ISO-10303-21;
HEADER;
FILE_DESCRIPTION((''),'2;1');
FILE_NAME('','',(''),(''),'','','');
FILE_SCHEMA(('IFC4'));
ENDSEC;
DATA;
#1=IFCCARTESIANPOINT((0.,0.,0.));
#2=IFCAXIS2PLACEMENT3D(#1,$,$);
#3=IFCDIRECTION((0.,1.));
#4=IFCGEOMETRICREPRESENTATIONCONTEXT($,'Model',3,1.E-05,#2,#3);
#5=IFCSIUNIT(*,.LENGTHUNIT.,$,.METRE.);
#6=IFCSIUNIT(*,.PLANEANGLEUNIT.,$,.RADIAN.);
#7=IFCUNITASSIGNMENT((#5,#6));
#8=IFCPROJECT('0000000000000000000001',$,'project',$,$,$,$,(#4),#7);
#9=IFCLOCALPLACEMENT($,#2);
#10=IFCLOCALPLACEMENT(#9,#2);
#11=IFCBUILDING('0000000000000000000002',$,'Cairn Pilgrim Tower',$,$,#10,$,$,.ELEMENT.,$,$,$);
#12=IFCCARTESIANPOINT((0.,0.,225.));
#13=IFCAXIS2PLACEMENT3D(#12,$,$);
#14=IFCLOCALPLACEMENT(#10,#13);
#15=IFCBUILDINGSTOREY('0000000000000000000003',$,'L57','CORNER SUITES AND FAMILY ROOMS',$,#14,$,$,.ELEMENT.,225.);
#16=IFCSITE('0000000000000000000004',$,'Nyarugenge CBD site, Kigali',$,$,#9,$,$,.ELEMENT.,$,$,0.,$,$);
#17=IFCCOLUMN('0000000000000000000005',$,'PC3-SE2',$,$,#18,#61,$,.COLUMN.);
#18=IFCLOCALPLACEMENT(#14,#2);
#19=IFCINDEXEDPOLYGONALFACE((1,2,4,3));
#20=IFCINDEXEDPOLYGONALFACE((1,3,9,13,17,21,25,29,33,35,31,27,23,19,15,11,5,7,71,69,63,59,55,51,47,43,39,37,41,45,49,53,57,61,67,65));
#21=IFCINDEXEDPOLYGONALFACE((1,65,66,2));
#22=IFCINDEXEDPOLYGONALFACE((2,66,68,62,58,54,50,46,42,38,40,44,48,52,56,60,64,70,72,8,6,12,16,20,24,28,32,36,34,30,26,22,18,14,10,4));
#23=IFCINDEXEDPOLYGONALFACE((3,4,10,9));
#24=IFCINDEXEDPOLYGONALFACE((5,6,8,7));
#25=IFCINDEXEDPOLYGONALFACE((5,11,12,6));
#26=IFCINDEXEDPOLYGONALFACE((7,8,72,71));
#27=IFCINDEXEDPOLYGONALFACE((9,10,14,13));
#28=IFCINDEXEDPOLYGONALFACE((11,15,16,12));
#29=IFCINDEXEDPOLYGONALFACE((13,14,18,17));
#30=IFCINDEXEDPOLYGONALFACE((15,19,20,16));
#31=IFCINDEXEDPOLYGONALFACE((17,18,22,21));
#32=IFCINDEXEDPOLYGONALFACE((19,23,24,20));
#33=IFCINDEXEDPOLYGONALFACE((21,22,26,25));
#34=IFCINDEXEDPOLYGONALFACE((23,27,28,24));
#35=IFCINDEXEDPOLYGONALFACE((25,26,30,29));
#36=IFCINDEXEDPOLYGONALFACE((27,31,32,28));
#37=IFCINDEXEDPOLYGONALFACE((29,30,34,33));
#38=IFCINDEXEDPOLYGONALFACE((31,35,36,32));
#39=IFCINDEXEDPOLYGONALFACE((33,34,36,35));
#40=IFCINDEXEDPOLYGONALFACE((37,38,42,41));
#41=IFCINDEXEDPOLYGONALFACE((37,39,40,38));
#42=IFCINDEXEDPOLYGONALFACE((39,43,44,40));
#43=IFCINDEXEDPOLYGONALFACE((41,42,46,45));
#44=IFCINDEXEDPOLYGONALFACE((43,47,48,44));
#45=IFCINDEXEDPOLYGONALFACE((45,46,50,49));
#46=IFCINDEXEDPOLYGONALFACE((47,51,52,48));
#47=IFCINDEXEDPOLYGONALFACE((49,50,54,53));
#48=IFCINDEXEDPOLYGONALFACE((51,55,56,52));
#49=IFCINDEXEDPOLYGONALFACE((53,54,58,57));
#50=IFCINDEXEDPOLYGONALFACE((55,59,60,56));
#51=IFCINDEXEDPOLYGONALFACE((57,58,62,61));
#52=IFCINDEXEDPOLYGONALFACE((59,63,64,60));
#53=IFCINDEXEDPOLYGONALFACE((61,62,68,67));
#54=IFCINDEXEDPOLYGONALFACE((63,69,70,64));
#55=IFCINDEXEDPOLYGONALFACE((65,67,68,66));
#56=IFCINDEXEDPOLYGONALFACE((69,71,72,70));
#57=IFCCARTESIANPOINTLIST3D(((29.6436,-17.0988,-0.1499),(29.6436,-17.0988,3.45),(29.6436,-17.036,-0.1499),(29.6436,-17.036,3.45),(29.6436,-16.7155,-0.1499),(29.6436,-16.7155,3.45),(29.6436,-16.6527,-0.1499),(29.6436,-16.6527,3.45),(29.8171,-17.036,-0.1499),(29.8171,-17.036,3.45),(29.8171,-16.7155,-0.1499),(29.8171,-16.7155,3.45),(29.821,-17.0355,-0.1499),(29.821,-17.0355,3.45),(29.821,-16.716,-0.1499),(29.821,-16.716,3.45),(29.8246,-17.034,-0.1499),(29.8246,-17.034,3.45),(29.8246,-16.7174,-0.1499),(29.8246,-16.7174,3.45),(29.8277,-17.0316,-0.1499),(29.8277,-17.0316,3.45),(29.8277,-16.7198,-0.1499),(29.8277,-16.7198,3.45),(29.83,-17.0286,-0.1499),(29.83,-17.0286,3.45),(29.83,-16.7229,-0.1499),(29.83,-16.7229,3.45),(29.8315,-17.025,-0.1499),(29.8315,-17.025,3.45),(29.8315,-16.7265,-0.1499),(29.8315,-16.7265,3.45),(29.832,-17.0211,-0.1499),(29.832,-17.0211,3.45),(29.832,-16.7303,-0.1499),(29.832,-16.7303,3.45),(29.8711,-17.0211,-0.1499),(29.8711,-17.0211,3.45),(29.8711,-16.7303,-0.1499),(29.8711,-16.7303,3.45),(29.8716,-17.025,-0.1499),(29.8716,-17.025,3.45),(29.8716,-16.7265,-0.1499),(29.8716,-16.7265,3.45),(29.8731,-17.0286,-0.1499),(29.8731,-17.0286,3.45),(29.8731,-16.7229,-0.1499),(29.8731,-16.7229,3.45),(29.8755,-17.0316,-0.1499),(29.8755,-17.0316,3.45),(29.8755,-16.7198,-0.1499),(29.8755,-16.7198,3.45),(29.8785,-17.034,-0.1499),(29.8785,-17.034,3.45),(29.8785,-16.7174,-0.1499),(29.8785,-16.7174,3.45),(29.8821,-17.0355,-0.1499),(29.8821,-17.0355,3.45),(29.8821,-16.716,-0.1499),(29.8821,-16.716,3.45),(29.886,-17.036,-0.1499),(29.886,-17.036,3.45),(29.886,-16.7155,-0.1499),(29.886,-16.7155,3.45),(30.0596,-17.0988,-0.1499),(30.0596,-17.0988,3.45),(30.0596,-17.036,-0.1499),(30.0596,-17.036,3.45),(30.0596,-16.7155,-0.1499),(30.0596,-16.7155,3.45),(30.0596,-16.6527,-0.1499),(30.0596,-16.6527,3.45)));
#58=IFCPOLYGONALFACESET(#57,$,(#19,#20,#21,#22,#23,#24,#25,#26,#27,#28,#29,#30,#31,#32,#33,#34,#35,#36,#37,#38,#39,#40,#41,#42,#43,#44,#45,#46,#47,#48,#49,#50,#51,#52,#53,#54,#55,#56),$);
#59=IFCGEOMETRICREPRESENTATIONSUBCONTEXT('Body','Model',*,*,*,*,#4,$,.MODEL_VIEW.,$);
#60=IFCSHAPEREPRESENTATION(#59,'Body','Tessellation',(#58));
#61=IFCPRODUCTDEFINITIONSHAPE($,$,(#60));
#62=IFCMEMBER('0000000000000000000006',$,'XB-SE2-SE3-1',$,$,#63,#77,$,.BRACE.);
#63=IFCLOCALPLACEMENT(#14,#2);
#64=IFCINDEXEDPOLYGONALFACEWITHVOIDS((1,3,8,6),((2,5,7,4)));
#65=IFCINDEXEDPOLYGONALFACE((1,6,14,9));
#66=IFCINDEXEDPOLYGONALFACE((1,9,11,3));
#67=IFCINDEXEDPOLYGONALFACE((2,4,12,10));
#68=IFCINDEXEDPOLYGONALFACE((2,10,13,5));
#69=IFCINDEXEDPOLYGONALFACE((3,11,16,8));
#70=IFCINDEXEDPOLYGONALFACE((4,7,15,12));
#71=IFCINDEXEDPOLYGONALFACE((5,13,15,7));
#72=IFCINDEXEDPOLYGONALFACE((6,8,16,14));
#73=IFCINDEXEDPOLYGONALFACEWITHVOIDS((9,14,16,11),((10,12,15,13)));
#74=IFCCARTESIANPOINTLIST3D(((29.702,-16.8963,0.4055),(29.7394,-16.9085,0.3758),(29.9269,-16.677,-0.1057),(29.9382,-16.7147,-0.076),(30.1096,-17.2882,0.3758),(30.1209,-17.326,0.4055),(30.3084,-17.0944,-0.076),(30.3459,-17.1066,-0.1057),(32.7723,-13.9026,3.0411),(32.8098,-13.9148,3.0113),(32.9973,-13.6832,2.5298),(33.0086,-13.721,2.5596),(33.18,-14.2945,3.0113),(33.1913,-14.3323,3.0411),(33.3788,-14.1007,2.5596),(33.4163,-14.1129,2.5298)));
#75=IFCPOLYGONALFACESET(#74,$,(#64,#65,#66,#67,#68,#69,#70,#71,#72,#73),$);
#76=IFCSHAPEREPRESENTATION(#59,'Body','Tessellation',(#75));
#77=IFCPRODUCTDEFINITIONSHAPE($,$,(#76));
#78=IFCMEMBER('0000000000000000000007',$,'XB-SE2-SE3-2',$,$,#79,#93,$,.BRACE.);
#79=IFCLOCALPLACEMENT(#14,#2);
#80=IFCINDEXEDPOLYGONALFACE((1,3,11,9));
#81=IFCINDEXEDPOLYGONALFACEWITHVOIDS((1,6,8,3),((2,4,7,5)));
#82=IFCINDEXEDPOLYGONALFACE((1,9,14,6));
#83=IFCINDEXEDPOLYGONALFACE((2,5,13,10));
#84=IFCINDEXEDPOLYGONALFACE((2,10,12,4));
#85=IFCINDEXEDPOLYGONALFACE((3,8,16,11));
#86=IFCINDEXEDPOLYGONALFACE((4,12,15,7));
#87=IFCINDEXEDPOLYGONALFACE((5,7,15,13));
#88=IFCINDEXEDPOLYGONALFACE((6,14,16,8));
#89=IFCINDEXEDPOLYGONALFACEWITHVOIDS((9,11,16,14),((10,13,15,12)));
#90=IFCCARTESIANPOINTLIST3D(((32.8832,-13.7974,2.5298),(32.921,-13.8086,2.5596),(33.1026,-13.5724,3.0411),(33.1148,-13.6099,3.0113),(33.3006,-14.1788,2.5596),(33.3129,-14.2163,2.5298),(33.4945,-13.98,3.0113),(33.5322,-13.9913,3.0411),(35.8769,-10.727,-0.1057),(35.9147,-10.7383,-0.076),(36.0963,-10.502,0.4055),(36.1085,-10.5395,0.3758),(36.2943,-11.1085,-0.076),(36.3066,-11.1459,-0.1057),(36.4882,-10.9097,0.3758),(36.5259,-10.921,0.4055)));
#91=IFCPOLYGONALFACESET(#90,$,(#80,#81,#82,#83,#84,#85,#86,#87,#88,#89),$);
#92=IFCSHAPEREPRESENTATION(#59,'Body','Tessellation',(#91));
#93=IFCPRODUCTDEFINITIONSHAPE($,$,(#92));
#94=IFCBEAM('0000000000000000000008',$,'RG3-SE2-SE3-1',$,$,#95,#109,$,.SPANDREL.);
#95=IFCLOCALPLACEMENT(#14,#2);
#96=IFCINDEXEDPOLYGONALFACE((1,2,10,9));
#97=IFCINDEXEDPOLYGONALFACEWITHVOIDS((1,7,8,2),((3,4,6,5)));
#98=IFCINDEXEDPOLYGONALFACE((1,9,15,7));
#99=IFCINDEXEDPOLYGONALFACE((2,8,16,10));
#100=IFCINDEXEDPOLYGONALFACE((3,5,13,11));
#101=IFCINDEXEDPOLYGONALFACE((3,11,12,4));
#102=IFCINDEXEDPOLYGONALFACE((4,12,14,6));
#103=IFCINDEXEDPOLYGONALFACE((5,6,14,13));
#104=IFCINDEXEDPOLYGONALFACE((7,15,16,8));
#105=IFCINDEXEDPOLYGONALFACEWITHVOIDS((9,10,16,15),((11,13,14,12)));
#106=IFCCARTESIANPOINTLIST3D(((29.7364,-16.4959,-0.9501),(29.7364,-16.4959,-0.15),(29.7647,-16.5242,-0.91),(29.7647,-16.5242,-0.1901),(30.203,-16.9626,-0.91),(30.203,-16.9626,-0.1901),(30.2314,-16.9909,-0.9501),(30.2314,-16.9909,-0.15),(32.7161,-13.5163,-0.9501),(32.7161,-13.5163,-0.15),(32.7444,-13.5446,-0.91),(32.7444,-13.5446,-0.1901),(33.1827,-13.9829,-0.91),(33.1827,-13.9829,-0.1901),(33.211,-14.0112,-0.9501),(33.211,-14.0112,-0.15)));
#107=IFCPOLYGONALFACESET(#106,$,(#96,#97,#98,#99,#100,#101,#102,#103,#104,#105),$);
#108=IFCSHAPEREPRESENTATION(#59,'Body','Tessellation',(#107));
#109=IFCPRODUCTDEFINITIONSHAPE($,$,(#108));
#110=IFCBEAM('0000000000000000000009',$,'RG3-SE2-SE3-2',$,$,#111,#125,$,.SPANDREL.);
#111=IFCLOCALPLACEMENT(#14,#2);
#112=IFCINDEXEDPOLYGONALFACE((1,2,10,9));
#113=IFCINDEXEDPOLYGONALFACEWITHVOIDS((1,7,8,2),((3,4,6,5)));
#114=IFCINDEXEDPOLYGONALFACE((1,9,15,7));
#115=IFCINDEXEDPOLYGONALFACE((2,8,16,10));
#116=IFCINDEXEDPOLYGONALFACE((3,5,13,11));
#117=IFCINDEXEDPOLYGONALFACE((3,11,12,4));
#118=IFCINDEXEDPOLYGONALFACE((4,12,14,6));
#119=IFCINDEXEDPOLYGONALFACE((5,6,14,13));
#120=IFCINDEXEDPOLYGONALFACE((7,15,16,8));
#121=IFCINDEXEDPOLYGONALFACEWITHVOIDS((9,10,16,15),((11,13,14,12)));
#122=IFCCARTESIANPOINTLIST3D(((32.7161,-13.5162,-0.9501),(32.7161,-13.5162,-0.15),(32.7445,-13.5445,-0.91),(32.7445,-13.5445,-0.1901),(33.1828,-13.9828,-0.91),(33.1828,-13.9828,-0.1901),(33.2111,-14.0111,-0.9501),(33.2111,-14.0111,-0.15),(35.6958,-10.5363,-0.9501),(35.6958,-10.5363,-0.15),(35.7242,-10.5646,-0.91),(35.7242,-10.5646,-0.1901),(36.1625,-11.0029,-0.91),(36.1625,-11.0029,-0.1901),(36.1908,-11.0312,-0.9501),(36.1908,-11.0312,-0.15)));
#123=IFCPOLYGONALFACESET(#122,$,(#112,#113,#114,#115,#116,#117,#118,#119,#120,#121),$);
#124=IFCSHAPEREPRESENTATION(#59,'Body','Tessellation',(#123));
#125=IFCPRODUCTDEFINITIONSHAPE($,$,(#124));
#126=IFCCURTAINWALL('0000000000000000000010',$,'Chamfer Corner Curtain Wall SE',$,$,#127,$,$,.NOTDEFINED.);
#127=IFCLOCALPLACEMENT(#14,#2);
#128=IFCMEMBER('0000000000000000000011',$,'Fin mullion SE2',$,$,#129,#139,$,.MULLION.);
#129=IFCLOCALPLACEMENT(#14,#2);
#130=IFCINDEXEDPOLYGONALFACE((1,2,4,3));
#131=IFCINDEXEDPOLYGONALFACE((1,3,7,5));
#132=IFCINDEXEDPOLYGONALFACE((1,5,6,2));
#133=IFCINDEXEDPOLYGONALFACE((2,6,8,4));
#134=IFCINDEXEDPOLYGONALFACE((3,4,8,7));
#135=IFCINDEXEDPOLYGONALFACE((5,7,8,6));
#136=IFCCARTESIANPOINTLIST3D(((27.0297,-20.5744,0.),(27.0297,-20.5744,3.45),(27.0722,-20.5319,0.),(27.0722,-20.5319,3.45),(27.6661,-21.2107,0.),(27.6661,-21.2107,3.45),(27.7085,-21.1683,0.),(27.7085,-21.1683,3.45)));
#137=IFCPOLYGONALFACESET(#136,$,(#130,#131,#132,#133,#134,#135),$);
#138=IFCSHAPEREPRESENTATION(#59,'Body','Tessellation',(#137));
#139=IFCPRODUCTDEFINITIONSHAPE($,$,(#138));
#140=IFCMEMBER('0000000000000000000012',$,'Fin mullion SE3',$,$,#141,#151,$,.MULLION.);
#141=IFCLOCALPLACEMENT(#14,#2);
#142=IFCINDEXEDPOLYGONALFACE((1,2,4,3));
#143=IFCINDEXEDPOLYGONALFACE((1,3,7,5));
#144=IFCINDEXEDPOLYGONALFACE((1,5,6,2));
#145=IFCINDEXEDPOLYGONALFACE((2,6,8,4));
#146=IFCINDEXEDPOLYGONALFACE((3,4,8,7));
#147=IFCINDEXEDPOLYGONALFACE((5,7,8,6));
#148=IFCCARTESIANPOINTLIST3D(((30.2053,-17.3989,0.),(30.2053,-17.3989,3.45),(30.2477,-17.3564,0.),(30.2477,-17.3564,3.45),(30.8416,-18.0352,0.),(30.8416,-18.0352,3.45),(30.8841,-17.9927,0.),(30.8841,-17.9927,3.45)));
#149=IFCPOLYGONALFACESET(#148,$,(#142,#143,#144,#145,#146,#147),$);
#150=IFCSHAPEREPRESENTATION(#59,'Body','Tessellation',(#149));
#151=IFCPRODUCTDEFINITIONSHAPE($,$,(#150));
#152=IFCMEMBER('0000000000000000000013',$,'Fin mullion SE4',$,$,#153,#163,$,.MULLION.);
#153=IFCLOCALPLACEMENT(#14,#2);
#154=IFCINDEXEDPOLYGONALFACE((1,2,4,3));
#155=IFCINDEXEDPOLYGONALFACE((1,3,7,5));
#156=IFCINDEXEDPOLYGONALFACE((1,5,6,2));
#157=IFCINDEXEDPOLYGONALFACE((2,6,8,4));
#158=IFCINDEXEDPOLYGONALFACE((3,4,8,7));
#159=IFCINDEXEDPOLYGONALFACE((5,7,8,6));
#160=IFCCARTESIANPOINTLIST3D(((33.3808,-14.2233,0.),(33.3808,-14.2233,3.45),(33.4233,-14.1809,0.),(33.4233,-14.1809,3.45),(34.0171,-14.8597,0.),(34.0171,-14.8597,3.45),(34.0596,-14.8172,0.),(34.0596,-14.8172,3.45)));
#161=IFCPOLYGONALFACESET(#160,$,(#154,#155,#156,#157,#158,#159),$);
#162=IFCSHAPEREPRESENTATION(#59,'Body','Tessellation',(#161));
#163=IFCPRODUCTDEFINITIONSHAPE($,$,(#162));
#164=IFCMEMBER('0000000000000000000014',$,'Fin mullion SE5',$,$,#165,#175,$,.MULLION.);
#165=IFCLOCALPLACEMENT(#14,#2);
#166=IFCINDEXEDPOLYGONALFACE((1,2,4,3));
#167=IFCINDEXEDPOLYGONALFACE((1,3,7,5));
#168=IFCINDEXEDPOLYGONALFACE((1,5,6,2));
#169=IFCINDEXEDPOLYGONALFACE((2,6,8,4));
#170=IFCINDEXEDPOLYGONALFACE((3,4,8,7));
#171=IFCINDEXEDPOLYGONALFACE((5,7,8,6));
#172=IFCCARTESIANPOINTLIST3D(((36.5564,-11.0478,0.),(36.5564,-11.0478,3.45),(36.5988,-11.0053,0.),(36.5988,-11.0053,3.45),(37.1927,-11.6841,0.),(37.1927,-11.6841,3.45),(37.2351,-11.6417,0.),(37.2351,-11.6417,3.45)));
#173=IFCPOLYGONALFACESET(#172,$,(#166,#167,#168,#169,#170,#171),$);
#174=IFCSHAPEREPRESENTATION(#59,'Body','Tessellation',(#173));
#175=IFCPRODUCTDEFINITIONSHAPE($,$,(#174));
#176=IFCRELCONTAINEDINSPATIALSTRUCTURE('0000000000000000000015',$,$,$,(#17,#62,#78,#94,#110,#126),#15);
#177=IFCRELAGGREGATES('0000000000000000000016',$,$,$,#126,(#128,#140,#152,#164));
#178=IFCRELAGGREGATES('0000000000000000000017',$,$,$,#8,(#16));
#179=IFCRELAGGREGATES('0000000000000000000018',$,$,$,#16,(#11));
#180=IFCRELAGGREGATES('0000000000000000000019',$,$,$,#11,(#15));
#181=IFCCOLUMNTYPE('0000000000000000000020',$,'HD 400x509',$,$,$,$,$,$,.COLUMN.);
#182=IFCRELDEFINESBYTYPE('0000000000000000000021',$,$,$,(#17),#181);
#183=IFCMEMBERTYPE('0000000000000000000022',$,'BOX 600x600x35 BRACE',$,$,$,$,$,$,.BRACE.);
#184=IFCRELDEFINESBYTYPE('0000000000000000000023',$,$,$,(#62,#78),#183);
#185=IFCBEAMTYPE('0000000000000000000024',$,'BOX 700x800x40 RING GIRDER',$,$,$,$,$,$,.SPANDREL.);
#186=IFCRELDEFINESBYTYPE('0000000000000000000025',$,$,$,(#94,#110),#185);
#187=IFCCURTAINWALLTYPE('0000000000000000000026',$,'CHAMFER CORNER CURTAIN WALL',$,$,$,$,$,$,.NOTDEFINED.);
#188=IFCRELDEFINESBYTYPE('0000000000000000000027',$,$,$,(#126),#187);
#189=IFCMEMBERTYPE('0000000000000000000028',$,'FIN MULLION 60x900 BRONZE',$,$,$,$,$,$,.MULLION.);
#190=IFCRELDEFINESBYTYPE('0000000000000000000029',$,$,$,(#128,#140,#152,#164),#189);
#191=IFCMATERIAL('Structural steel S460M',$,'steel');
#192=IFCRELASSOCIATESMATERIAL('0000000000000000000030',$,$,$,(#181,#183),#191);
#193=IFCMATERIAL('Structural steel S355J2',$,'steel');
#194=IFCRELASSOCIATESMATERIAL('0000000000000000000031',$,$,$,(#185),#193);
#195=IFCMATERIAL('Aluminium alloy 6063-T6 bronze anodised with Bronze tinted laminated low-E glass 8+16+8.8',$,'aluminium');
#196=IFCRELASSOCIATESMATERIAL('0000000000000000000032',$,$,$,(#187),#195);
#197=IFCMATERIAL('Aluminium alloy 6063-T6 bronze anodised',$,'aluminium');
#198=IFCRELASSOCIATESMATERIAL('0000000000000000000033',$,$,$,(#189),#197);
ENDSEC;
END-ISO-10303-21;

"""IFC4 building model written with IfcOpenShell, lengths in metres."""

from ifc_helpers import new_model, si_unit, direction, frame, origin, origin_2d, place, context, subcontext, project, spatial, rectangle, hollow_rectangle, i_section, extrude, material, material_profile, profile_set, type_object, element, aggregate, save


model = new_model("IFC4")

# Units and contexts
model_context = context("Model", 3, precision=1e-05, world=origin(), true_north=direction((0.0, 1.0)))
body_context = subcontext(model_context, "Body", "Model", "MODEL_VIEW")
ifc_project = project(units=[si_unit("LENGTHUNIT", "METRE"), si_unit("PLANEANGLEUNIT", "RADIAN")], contexts=[model_context])

# Site, building, storey
site_placement = place(None, origin())
site = spatial("IfcSite", under=ifc_project, at=site_placement, Name="Nyarugenge CBD site, Kigali", CompositionType="ELEMENT", RefElevation=0.0)
building_placement = place(site_placement, origin())
building = spatial("IfcBuilding", under=site, at=building_placement, Name="Cairn Pilgrim Tower", CompositionType="ELEMENT")
storey_placement = place(building_placement, frame((0.0, 0.0, 225.0)))
storey = spatial("IfcBuildingStorey", under=building, at=storey_placement, Name="L57", Description="CORNER SUITES AND FAMILY ROOMS", CompositionType="ELEMENT", Elevation=225.0)

# Column
ifc_material_1 = material(Name="Structural steel S460M", Category="steel")
ifc_material_profile_1 = material_profile(ifc_material_1, i_section(OverallWidth=0.416, OverallDepth=0.446, WebThickness=0.0391, FlangeThickness=0.0627, FilletRadius=0.0149, at=origin_2d()), Name="HD 400x509")
ifc_profile_set_1 = profile_set([ifc_material_profile_1], Name="Structural steel S460M")
column_type = type_object("IfcColumnType", Name="HD 400x509", PredefinedType="COLUMN", material=ifc_profile_set_1)
column_placement = place(storey_placement, frame((29.8516, -16.8757, -0.1499), z_axis=(0.0, 0.0, 1.0), x_axis=(1.0, 0.0, 0.0)))
element("IfcColumn", 1, at=column_placement, inside=storey, type_object=column_type, Name="PC3-SE2", PredefinedType="COLUMN", context=body_context, shape_type="SweptSolid", body=[
    extrude(i_section(OverallWidth=0.416, OverallDepth=0.446, WebThickness=0.0391, FlangeThickness=0.0627, FilletRadius=0.0149, at=origin_2d()), origin(), (0.0, 0.0, 1.0), 3.5999),
])

# Members
ifc_material_profile_2 = material_profile(ifc_material_1, hollow_rectangle(XDim=0.6001, YDim=0.6001, WallThickness=0.0349, at=origin_2d()), Name="BOX 600x600x35")
ifc_profile_set_2 = profile_set([ifc_material_profile_2], Name="Structural steel S460M")
member_type_1 = type_object("IfcMemberType", Name="BOX 600x600x35 BRACE", PredefinedType="BRACE", material=ifc_profile_set_2)
for number, where, z_axis, x_axis, name in (
    (2, (30.0239, -17.0015, 0.1499), (0.609994, 0.594763, 0.523607), (-0.698112, 0.715989, 0.0), "XB-SE2-SE3-1"),
    (3, (36.2014, -10.824, 0.1499), (-0.594763, -0.609994, 0.523607), (0.715989, -0.698112, 0.0), "XB-SE2-SE3-2"),
):
    element("IfcMember", number, at=place(storey_placement, frame(where, z_axis=z_axis, x_axis=x_axis)), inside=storey, type_object=member_type_1, Name=name, PredefinedType="BRACE", context=body_context, shape_type="SweptSolid", body=[
        extrude(hollow_rectangle(XDim=0.6001, YDim=0.6001, WallThickness=0.0349, at=origin_2d()), origin(), (0.0, 0.0, 1.0), 5.0334),
    ])

# Beams
ifc_material_2 = material(Name="Structural steel S355J2", Category="steel")
ifc_material_profile_3 = material_profile(ifc_material_2, hollow_rectangle(XDim=0.7, YDim=0.8, WallThickness=0.04, at=origin_2d()), Name="BOX 700x800x40")
ifc_profile_set_3 = profile_set([ifc_material_profile_3], Name="Structural steel S355J2")
beam_type_1 = type_object("IfcBeamType", Name="BOX 700x800x40 RING GIRDER", PredefinedType="SPANDREL", material=ifc_profile_set_3)
beam_1_placement = place(storey_placement, frame((29.9839, -16.7434, -0.55), z_axis=(0.707107, 0.707107, 0.0), x_axis=(-0.707107, 0.707107, 0.0)))
element("IfcBeam", 4, at=beam_1_placement, inside=storey, type_object=beam_type_1, Name="RG3-SE2-SE3-1", PredefinedType="SPANDREL", context=body_context, shape_type="SweptSolid", body=[
    extrude(hollow_rectangle(XDim=0.7, YDim=0.8, WallThickness=0.04, at=origin_2d()), origin(), (0.0, 0.0, 1.0), 4.2139),
])
beam_2_placement = place(storey_placement, frame((32.9636, -13.7637, -0.55), z_axis=(0.707078, 0.707136, 0.0), x_axis=(-0.707136, 0.707078, 0.0)))
element("IfcBeam", 5, at=beam_2_placement, inside=storey, type_object=beam_type_1, Name="RG3-SE2-SE3-2", PredefinedType="SPANDREL", context=body_context, shape_type="SweptSolid", body=[
    extrude(hollow_rectangle(XDim=0.7, YDim=0.8, WallThickness=0.04, at=origin_2d()), origin(), (0.0, 0.0, 1.0), 4.2141),
])

# Curtain wall, members
ifc_material_3 = material(Name="Aluminium alloy 6063-T6 bronze anodised with Bronze tinted laminated low-E glass 8+16+8.8", Category="aluminium")
curtain_wall_type = type_object("IfcCurtainWallType", Name="CHAMFER CORNER CURTAIN WALL", PredefinedType="NOTDEFINED", material=ifc_material_3)
curtain_wall_placement = place(storey_placement, origin())
curtain_wall = element("IfcCurtainWall", 6, at=curtain_wall_placement, inside=storey, type_object=curtain_wall_type, Name="Chamfer Corner Curtain Wall SE", PredefinedType="NOTDEFINED")
ifc_material_4 = material(Name="Aluminium alloy 6063-T6 bronze anodised", Category="aluminium")
ifc_material_profile_4 = material_profile(ifc_material_4, rectangle(XDim=0.8999, YDim=0.0601, at=origin_2d()), Name="FIN MULLION 60x900 BRONZE")
ifc_profile_set_4 = profile_set([ifc_material_profile_4], Name="Aluminium alloy 6063-T6 bronze anodised")
member_type_2 = type_object("IfcMemberType", Name="FIN MULLION 60x900 BRONZE", PredefinedType="MULLION", material=ifc_profile_set_4)
member_1_placement = place(storey_placement, frame((27.3691, -20.8713, 0.0), z_axis=(0.0, 0.0, 1.0), x_axis=(0.707107, -0.707107, 0.0)))
member_1 = element("IfcMember", 7, at=member_1_placement, type_object=member_type_2, Name="Fin mullion SE2", PredefinedType="MULLION", context=body_context, shape_type="SweptSolid", body=[
    extrude(rectangle(XDim=0.8999, YDim=0.0601, at=origin_2d()), origin(), (0.0, 0.0, 1.0), 3.45),
])
member_2_placement = place(storey_placement, frame((30.5447, -17.6958, 0.0), z_axis=(0.0, 0.0, 1.0), x_axis=(0.707107, -0.707107, 0.0)))
member_2 = element("IfcMember", 8, at=member_2_placement, type_object=member_type_2, Name="Fin mullion SE3", PredefinedType="MULLION", context=body_context, shape_type="SweptSolid", body=[
    extrude(rectangle(XDim=0.8999, YDim=0.0601, at=origin_2d()), origin(), (0.0, 0.0, 1.0), 3.45),
])
member_3_placement = place(storey_placement, frame((33.7202, -14.5203, 0.0), z_axis=(0.0, 0.0, 1.0), x_axis=(0.707107, -0.707107, 0.0)))
member_3 = element("IfcMember", 9, at=member_3_placement, type_object=member_type_2, Name="Fin mullion SE4", PredefinedType="MULLION", context=body_context, shape_type="SweptSolid", body=[
    extrude(rectangle(XDim=0.8999, YDim=0.0601, at=origin_2d()), origin(), (0.0, 0.0, 1.0), 3.45),
])
member_4_placement = place(storey_placement, frame((36.8958, -11.3447, 0.0), z_axis=(0.0, 0.0, 1.0), x_axis=(0.707107, -0.707107, 0.0)))
member_4 = element("IfcMember", 10, at=member_4_placement, type_object=member_type_2, Name="Fin mullion SE5", PredefinedType="MULLION", context=body_context, shape_type="SweptSolid", body=[
    extrude(rectangle(XDim=0.8999, YDim=0.0601, at=origin_2d()), origin(), (0.0, 0.0, 1.0), 3.45),
])

aggregate(curtain_wall, [member_1, member_2, member_3, member_4])

save(model, "model.ifc")
